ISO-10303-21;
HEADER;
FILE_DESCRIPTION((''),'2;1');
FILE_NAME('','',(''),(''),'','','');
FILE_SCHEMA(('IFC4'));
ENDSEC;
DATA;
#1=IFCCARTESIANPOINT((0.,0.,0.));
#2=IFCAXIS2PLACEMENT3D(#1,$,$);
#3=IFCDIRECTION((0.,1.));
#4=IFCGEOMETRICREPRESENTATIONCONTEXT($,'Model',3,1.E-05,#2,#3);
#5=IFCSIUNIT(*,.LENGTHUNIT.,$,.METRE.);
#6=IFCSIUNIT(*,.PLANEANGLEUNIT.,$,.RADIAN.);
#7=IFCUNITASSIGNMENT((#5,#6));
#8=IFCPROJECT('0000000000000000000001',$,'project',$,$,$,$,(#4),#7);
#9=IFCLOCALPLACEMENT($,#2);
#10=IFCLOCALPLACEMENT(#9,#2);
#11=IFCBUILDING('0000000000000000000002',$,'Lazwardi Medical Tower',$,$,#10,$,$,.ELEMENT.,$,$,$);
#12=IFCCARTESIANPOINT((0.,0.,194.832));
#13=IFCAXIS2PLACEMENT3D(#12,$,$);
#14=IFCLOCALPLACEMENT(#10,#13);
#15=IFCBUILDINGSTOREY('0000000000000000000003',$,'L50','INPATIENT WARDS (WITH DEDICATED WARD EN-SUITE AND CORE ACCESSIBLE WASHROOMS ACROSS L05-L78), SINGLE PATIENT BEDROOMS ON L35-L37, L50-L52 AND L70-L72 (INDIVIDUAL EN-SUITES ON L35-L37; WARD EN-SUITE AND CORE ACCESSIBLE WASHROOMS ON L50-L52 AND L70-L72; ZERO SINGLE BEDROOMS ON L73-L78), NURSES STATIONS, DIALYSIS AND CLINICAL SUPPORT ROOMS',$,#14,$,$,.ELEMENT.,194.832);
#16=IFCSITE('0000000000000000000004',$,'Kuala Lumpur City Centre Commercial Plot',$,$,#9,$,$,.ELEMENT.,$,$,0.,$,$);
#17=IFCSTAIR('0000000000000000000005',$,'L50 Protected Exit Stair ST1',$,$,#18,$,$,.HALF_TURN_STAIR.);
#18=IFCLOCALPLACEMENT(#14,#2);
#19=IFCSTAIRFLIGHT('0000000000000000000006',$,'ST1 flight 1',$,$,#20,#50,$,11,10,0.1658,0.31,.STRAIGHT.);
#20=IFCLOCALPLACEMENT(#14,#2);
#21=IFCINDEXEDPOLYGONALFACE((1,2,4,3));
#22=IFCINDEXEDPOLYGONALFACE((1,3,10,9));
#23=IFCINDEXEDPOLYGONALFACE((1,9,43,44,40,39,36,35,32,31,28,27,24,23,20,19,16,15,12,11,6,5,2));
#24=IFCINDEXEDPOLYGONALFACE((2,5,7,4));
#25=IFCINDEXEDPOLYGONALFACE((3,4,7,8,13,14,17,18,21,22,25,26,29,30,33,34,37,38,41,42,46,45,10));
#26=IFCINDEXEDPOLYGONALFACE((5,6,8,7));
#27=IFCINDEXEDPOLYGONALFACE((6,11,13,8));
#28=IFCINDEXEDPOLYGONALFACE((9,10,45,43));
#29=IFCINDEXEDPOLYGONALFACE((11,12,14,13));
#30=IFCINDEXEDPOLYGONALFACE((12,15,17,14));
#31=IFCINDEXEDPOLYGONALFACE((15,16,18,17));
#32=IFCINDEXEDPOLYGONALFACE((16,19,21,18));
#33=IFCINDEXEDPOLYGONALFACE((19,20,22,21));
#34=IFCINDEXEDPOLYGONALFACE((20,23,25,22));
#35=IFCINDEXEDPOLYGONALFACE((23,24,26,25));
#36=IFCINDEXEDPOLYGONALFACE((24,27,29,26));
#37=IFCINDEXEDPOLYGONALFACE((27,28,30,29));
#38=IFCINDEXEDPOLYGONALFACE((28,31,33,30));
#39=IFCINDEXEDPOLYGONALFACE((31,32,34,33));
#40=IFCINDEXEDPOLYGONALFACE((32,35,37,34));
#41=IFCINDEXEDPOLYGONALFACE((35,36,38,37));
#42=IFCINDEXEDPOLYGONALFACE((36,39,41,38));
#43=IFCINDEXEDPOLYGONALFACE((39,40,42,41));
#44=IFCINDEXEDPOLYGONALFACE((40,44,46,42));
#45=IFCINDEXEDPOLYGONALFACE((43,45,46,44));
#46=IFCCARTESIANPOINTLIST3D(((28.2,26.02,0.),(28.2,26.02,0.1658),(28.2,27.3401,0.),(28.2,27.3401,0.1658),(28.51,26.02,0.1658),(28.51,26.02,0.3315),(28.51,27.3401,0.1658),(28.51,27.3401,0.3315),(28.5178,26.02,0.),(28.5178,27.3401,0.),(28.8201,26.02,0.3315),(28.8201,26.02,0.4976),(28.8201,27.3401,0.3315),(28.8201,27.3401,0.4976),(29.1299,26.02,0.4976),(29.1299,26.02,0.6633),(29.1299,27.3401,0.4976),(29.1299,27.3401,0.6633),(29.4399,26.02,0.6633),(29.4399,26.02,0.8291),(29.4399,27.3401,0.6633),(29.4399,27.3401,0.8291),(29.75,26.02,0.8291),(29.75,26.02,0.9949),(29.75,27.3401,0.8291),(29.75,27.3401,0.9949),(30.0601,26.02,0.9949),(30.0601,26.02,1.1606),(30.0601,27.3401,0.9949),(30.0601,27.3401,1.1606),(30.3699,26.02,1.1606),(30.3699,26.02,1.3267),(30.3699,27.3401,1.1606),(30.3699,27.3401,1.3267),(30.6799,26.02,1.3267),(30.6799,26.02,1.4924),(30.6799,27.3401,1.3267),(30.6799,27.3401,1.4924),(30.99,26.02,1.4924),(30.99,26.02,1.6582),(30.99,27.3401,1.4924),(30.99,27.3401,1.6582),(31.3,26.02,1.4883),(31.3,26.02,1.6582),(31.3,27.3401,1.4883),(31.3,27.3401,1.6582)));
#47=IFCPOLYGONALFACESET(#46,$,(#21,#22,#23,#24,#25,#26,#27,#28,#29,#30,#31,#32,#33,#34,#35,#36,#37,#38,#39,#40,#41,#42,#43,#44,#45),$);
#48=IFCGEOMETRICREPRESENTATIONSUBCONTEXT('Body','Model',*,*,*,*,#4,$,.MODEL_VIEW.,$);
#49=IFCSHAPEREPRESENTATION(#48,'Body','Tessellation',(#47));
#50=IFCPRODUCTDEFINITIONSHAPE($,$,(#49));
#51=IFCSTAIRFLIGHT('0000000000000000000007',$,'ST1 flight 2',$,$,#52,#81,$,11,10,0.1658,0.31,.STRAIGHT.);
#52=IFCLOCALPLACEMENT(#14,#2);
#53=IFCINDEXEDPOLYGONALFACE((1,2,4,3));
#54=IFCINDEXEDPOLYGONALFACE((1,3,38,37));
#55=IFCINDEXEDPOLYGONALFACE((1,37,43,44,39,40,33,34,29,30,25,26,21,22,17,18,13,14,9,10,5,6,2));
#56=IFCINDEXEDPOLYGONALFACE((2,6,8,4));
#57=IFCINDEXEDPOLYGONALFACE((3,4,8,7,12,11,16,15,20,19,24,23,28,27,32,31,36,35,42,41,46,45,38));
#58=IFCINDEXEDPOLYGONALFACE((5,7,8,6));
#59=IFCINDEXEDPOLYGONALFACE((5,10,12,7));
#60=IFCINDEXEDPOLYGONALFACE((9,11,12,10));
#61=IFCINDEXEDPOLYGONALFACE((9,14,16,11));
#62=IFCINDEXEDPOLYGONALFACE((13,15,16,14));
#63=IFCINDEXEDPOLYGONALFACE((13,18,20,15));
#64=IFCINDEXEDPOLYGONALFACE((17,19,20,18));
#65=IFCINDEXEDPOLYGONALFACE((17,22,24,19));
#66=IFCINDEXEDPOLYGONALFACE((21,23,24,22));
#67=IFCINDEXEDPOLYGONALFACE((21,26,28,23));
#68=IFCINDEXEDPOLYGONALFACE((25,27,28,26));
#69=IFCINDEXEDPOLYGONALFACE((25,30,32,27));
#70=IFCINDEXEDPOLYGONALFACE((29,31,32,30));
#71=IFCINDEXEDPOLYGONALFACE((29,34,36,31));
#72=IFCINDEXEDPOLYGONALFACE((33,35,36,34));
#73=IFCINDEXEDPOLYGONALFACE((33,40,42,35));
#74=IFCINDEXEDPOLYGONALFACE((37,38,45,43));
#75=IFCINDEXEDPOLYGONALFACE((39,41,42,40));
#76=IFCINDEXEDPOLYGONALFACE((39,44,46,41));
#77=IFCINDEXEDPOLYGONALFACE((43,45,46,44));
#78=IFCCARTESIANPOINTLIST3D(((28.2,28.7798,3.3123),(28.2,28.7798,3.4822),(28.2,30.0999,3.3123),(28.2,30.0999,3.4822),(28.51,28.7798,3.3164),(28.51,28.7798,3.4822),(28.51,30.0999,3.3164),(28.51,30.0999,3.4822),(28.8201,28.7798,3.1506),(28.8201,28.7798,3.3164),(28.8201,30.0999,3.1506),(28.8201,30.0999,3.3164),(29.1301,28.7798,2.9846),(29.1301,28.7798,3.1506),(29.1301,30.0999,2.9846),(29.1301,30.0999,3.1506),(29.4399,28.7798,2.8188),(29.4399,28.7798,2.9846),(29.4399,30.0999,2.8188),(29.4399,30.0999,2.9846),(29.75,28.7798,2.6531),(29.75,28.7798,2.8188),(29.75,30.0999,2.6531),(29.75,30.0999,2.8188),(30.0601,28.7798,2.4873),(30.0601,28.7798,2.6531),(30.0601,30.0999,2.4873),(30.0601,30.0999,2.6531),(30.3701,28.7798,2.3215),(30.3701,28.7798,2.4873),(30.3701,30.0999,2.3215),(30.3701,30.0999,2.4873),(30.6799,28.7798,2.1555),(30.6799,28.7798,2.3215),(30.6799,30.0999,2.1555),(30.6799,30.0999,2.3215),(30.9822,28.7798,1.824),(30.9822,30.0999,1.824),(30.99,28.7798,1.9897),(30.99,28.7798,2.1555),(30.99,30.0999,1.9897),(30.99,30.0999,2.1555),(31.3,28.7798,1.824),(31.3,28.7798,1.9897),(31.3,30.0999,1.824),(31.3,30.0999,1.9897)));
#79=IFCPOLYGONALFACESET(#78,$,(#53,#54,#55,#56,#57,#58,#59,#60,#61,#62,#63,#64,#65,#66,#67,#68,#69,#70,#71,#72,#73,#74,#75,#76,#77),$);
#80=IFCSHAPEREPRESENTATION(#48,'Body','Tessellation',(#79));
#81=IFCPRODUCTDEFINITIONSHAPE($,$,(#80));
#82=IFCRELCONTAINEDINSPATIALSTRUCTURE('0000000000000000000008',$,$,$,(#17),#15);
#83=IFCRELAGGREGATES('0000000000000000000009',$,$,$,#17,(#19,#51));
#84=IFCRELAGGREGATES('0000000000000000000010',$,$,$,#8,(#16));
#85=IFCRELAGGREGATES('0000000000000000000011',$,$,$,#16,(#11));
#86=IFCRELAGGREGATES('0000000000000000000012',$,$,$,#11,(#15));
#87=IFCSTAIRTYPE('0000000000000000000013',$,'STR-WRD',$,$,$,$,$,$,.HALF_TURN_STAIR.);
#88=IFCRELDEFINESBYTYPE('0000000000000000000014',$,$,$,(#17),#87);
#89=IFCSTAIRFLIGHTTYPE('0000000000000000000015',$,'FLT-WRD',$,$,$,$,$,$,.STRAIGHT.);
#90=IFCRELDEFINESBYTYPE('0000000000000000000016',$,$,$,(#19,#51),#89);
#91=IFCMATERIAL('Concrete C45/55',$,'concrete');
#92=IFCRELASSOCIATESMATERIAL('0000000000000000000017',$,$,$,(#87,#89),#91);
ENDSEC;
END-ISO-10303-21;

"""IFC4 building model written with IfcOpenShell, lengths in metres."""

from ifc_helpers import new_model, si_unit, direction, frame, origin, place, context, subcontext, project, spatial, polyline, outline, extrude, material, type_object, element, aggregate, save


model = new_model("IFC4")

# Units and contexts
model_context = context("Model", 3, precision=1e-05, world=origin(), true_north=direction((0.0, 1.0)))
body_context = subcontext(model_context, "Body", "Model", "MODEL_VIEW")
ifc_project = project(units=[si_unit("LENGTHUNIT", "METRE"), si_unit("PLANEANGLEUNIT", "RADIAN")], contexts=[model_context])

# Site, building, storey
site_placement = place(None, origin())
site = spatial("IfcSite", under=ifc_project, at=site_placement, Name="Kuala Lumpur City Centre Commercial Plot", CompositionType="ELEMENT", RefElevation=0.0)
building_placement = place(site_placement, origin())
building = spatial("IfcBuilding", under=site, at=building_placement, Name="Lazwardi Medical Tower", CompositionType="ELEMENT")
storey_placement = place(building_placement, frame((0.0, 0.0, 194.832)))
storey = spatial("IfcBuildingStorey", under=building, at=storey_placement, Name="L50", Description="INPATIENT WARDS (WITH DEDICATED WARD EN-SUITE AND CORE ACCESSIBLE WASHROOMS ACROSS L05-L78), SINGLE PATIENT BEDROOMS ON L35-L37, L50-L52 AND L70-L72 (INDIVIDUAL EN-SUITES ON L35-L37; WARD EN-SUITE AND CORE ACCESSIBLE WASHROOMS ON L50-L52 AND L70-L72; ZERO SINGLE BEDROOMS ON L73-L78), NURSES STATIONS, DIALYSIS AND CLINICAL SUPPORT ROOMS", CompositionType="ELEMENT", Elevation=194.832)

# Stair, stair flights
ifc_material_1 = material(Name="Concrete C45/55", Category="concrete")
stair_type = type_object("IfcStairType", Name="STR-WRD", PredefinedType="HALF_TURN_STAIR", material=ifc_material_1)
stair_placement = place(storey_placement, origin())
stair = element("IfcStair", 1, at=stair_placement, inside=storey, type_object=stair_type, Name="L50 Protected Exit Stair ST1", PredefinedType="HALF_TURN_STAIR")
stair_flight_type = type_object("IfcStairFlightType", Name="FLT-WRD", PredefinedType="STRAIGHT", material=ifc_material_1)
stair_flight_1_placement = place(storey_placement, frame((28.2, 26.6799, 0.0), z_axis=(0.0, 0.0, 1.0), x_axis=(1.0, 0.0, 0.0)))
stair_flight_1 = element("IfcStairFlight", 2, at=stair_flight_1_placement, type_object=stair_flight_type, Name="ST1 flight 1", NumberOfRisers=11, NumberOfTreads=10, PredefinedType="STRAIGHT", RiserHeight=0.1658, TreadLength=0.31, context=body_context, shape_type="SweptSolid", body=[
    extrude(outline(polyline([(0.0, 0.0), (0.0, 0.1658), (0.3101, 0.1658), (0.3101, 0.3315), (0.6201, 0.3315), (0.6201, 0.4976), (0.9299, 0.4976), (0.9299, 0.6633), (1.24, 0.6633), (1.24, 0.8291), (1.55, 0.8291), (1.55, 0.9949), (1.8601, 0.9949), (1.8601, 1.1606), (2.1699, 1.1606), (2.1699, 1.3267), (2.48, 1.3267), (2.48, 1.4924), (2.79, 1.4924), (2.79, 1.6582), (3.1001, 1.6582), (3.1001, 1.824), (3.1001, 1.4883), (0.3179, 0.0), (0.0, 0.0)])), frame((0.0, 0.6602, 0.0), z_axis=(0.0, -1.0, 0.0), x_axis=(1.0, 0.0, 0.0)), (0.0, 0.0, 1.0), 1.3201),
])
stair_flight_2_placement = place(storey_placement, frame((31.3, 29.4399, 1.824), z_axis=(0.0, 0.0, 1.0), x_axis=(-1.0, 0.0, 0.0)))
stair_flight_2 = element("IfcStairFlight", 3, at=stair_flight_2_placement, type_object=stair_flight_type, Name="ST1 flight 2", NumberOfRisers=11, NumberOfTreads=10, PredefinedType="STRAIGHT", RiserHeight=0.1658, TreadLength=0.31, context=body_context, shape_type="SweptSolid", body=[
    extrude(outline(polyline([(0.0, 0.0), (0.0, 0.1658), (0.3101, 0.1658), (0.3101, 0.3315), (0.6201, 0.3315), (0.6201, 0.4976), (0.9299, 0.4976), (0.9299, 0.6633), (1.24, 0.6633), (1.24, 0.8291), (1.55, 0.8291), (1.55, 0.9949), (1.8601, 0.9949), (1.8601, 1.1606), (2.1699, 1.1606), (2.1699, 1.3267), (2.48, 1.3267), (2.48, 1.4924), (2.79, 1.4924), (2.79, 1.6582), (3.1001, 1.6582), (3.1001, 1.824), (3.1001, 1.4883), (0.3179, 0.0), (0.0, 0.0)])), frame((0.0, 0.6602, 0.0), z_axis=(0.0, -1.0, 0.0), x_axis=(1.0, 0.0, 0.0)), (0.0, 0.0, 1.0), 1.3201),
])
aggregate(stair, [stair_flight_1, stair_flight_2])

save(model, "model.ifc")
